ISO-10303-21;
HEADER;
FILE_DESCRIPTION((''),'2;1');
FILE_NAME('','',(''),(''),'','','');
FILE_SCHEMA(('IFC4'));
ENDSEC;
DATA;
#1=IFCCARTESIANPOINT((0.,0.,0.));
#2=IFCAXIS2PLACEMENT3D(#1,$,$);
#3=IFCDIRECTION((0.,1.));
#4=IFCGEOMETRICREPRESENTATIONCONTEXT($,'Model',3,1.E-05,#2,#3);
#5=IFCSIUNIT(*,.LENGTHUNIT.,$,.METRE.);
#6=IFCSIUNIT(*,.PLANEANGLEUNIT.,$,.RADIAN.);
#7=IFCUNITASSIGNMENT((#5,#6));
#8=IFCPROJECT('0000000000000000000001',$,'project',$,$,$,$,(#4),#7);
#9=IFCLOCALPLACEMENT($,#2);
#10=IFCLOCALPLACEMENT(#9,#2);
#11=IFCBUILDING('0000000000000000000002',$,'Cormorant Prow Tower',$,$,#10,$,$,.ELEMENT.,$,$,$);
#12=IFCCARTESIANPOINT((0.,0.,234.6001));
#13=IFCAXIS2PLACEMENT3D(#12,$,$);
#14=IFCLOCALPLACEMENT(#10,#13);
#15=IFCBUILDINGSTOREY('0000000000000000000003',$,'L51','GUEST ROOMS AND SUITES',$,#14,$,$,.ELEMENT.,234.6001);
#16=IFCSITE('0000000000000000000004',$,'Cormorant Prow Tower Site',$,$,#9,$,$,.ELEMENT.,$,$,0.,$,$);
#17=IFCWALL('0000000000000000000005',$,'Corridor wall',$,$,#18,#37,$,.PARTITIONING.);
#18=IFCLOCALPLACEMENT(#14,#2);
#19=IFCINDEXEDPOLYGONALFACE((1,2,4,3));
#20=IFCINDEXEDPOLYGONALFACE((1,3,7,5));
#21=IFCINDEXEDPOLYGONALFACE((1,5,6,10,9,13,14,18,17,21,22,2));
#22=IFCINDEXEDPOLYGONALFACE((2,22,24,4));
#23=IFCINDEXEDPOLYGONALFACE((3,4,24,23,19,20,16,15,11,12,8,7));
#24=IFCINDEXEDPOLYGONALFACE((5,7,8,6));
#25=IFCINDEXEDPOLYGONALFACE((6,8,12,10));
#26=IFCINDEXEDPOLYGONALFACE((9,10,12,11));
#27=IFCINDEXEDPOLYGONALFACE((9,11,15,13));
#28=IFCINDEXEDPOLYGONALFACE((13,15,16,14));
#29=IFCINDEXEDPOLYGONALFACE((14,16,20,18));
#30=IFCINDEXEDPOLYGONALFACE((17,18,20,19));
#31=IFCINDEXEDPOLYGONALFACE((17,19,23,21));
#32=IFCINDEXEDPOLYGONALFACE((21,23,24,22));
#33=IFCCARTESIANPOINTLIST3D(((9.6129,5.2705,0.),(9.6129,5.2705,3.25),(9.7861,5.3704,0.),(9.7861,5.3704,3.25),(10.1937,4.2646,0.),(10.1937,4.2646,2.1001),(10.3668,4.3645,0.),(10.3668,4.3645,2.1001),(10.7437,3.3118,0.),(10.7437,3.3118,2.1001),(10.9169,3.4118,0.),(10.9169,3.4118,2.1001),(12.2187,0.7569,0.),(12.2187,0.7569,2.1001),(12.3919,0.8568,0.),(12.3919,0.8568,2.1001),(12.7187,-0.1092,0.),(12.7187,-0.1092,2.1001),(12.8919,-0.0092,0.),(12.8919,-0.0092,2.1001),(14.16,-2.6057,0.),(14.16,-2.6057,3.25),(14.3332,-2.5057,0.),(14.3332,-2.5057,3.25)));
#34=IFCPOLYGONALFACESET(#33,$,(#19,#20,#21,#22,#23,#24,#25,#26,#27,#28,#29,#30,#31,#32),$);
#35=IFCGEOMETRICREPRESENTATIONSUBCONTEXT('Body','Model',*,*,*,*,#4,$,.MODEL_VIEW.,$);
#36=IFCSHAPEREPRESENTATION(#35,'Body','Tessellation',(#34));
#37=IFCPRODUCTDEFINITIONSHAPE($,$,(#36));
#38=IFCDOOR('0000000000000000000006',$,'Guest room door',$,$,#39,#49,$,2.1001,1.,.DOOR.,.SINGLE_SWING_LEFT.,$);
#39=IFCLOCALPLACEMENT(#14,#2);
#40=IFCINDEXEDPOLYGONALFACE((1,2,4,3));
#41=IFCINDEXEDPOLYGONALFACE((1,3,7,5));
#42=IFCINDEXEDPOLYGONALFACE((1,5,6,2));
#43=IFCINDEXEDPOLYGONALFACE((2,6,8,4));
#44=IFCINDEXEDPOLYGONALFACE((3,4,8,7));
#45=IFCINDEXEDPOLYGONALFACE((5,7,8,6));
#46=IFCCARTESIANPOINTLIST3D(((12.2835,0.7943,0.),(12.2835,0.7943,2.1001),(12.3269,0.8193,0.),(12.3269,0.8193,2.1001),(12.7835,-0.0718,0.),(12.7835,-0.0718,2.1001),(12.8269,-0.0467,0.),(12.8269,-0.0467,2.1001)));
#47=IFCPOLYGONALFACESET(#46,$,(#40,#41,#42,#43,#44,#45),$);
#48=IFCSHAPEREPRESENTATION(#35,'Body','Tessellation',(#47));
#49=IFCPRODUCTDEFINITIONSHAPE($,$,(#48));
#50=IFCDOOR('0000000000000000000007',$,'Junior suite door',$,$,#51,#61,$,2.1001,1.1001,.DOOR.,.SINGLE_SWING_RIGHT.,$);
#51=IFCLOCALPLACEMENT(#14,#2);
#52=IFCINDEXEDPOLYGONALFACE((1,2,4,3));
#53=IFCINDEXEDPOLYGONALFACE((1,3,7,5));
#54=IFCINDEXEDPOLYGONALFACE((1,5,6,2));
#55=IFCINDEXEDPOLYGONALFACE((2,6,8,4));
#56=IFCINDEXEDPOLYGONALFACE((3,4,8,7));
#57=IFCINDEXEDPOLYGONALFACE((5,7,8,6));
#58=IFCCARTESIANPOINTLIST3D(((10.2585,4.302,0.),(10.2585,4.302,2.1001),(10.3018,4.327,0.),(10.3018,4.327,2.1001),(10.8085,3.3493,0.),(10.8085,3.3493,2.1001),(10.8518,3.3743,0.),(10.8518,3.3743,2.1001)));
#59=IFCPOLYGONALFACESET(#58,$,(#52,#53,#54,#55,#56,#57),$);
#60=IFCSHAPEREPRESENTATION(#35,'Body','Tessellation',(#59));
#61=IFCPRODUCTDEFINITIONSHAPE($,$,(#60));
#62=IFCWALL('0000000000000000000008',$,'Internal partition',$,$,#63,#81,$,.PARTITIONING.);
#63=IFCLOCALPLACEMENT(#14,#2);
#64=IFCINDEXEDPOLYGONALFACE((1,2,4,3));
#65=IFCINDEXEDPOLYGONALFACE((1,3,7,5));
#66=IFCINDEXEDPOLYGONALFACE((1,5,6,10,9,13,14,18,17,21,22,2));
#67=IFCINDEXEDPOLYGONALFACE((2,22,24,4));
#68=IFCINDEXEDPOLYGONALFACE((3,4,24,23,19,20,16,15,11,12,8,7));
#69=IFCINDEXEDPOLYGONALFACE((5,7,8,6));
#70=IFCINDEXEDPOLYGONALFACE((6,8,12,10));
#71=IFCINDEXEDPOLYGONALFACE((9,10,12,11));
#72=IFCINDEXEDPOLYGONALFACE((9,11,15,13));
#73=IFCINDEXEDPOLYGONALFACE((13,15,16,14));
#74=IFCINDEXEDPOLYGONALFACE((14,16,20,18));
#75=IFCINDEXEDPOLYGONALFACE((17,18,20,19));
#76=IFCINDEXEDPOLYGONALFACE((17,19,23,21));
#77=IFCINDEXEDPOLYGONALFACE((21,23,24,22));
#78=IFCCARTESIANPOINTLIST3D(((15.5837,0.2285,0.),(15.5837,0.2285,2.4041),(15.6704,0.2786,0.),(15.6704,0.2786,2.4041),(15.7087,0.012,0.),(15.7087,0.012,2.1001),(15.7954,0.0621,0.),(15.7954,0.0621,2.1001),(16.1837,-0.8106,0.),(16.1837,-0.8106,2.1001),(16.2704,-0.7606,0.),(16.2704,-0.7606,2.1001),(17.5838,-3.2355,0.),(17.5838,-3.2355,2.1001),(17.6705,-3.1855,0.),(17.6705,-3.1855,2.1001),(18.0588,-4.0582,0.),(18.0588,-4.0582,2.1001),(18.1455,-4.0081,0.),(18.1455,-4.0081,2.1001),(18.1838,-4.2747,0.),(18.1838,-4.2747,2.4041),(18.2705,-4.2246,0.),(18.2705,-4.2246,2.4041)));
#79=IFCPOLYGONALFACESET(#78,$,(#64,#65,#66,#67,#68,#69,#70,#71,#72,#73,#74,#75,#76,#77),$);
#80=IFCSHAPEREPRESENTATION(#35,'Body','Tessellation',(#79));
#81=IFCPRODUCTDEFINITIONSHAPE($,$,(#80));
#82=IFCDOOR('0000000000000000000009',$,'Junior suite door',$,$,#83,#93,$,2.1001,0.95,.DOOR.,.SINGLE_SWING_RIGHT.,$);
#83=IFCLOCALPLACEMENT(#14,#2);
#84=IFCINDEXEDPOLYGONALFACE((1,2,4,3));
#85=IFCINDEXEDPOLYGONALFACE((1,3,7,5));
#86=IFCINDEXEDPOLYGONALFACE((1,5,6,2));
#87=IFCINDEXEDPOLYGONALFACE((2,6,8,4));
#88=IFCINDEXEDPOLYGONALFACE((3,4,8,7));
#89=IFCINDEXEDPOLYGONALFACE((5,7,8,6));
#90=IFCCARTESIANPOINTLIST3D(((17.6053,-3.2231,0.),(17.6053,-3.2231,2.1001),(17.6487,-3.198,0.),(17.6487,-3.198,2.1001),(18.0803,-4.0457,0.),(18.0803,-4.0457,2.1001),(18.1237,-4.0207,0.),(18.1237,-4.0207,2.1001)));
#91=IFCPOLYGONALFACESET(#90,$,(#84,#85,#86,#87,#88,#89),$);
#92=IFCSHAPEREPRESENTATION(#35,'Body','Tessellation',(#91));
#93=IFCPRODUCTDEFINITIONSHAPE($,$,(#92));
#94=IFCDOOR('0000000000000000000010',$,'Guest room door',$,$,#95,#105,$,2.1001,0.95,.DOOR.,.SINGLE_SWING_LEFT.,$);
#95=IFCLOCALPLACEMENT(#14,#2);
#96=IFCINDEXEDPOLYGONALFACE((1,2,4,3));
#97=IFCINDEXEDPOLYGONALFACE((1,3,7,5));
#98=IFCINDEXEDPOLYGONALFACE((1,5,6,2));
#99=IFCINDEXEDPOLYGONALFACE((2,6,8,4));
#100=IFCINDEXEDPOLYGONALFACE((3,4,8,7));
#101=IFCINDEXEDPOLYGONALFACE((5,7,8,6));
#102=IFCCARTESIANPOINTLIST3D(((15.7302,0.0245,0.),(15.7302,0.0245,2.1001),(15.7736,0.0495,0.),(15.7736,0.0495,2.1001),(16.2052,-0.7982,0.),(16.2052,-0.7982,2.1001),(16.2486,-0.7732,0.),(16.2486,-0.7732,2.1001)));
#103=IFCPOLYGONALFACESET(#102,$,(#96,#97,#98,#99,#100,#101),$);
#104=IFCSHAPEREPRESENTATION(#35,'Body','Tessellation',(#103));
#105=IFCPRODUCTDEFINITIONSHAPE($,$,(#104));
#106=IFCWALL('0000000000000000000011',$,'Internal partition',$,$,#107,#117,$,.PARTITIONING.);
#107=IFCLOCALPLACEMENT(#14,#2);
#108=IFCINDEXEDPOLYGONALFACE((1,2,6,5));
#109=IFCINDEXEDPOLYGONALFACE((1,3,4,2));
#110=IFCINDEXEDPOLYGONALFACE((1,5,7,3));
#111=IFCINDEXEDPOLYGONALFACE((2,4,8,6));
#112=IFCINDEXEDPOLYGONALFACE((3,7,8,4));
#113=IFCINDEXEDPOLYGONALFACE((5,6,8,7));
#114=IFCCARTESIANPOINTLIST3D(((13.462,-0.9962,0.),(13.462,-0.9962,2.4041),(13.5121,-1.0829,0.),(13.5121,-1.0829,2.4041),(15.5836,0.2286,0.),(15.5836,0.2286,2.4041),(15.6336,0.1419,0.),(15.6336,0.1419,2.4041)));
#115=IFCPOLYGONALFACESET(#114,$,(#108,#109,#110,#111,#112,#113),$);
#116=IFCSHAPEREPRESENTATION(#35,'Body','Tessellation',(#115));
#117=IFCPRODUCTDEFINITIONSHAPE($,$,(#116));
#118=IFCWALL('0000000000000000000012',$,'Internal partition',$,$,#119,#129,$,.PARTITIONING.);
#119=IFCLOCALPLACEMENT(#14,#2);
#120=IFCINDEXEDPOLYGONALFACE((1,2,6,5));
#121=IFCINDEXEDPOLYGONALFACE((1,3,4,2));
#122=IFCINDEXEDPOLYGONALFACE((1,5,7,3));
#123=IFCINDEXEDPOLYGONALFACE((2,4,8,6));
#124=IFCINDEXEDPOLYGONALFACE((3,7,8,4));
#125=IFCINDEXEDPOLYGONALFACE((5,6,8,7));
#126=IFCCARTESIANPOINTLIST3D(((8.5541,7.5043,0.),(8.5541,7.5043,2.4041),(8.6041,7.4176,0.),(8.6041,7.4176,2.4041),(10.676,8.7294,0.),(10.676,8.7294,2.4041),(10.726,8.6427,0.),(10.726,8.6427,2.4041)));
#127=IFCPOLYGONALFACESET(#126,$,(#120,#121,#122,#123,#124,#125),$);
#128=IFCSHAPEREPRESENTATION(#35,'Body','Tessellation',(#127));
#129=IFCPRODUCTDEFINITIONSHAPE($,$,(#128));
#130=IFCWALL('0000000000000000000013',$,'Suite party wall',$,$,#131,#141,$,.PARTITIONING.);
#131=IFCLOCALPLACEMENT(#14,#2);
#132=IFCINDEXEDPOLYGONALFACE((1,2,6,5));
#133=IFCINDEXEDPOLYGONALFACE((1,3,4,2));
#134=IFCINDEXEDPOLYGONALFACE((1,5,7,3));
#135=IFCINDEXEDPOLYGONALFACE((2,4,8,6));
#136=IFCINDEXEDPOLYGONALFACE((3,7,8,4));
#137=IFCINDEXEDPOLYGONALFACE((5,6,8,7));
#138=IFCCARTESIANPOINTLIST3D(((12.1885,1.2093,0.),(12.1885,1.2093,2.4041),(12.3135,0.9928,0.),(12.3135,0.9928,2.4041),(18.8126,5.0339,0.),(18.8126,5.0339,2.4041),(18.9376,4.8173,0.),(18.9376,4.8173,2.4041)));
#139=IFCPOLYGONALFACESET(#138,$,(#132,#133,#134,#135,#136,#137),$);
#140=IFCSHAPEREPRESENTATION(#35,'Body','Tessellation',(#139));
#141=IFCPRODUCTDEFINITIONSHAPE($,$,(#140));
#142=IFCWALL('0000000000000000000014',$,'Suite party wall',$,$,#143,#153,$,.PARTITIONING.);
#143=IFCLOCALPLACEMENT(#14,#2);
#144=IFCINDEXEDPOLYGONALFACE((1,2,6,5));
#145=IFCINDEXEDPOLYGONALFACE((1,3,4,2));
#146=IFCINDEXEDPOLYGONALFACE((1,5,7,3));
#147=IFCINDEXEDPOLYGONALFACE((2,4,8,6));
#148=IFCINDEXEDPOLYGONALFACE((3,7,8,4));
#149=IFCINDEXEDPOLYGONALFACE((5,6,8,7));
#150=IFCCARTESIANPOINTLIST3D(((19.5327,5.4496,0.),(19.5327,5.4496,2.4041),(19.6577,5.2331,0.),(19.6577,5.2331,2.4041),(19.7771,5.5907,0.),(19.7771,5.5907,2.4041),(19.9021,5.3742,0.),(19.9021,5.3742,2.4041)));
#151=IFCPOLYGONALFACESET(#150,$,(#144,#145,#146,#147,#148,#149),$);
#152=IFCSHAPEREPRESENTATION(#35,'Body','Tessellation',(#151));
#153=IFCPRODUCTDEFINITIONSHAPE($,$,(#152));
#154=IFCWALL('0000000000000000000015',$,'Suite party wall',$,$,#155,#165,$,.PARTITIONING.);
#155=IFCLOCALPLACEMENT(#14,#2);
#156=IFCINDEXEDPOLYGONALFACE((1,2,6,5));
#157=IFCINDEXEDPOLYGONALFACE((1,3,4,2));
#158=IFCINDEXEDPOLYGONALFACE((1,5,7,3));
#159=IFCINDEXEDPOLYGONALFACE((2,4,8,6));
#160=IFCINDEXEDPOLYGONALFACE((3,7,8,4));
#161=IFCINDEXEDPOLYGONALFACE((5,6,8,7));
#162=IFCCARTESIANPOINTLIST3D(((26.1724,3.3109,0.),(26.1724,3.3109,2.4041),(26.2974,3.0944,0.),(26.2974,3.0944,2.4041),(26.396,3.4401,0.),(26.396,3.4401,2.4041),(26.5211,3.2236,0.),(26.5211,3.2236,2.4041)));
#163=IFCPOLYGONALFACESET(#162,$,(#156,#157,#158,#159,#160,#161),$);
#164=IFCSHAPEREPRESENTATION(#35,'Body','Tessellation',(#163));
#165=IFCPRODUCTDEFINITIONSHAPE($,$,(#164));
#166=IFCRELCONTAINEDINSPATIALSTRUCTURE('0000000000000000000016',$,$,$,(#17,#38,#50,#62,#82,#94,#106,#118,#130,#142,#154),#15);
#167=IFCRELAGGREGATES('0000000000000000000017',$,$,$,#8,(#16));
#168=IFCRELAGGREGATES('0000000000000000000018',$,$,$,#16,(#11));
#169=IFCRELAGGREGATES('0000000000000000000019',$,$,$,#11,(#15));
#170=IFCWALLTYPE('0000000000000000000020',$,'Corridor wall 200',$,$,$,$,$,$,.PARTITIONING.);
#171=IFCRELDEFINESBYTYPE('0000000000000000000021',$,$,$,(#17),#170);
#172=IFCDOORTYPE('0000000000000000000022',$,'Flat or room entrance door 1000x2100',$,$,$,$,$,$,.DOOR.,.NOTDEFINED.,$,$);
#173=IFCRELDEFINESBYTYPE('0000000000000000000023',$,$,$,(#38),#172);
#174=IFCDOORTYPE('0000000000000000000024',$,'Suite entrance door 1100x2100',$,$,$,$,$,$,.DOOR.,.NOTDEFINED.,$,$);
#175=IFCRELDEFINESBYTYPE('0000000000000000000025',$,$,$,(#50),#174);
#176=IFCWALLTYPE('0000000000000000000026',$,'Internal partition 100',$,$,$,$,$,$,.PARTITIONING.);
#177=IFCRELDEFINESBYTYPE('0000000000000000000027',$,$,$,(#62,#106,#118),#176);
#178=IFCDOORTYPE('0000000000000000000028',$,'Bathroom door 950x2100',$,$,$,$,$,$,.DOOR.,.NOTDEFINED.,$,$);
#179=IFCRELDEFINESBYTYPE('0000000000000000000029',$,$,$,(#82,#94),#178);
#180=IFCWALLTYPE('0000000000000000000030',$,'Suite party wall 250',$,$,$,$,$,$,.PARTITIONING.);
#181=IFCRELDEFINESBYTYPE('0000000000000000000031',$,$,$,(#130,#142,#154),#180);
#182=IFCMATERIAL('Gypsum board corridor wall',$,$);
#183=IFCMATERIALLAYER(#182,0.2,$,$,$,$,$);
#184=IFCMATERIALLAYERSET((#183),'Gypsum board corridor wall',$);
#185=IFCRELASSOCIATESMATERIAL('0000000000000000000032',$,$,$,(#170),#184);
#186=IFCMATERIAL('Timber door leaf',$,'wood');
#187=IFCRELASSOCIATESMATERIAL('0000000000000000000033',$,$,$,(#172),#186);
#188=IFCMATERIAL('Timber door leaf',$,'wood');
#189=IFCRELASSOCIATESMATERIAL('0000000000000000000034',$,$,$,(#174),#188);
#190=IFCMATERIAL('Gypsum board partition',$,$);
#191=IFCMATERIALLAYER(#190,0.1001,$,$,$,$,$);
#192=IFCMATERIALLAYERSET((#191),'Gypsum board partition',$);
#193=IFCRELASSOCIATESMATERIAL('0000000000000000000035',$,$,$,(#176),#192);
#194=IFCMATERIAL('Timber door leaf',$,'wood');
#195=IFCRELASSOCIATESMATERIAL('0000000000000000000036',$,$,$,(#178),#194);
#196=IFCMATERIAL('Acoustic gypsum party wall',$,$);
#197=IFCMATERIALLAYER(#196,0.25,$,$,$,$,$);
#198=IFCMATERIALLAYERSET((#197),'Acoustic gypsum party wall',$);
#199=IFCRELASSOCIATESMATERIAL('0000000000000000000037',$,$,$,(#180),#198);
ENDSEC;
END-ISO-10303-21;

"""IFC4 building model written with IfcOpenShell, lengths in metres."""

from ifc_helpers import new_model, si_unit, direction, frame, frame_2d, origin, place, context, subcontext, project, spatial, rectangle, extrude, material, layer, layer_set, type_object, element, fill, save


model = new_model("IFC4")

# Units and contexts
model_context = context("Model", 3, precision=1e-05, world=origin(), true_north=direction((0.0, 1.0)))
body_context = subcontext(model_context, "Body", "Model", "MODEL_VIEW")
ifc_project = project(units=[si_unit("LENGTHUNIT", "METRE"), si_unit("PLANEANGLEUNIT", "RADIAN")], contexts=[model_context])

# Site, building, storey
site_placement = place(None, origin())
site = spatial("IfcSite", under=ifc_project, at=site_placement, Name="Cormorant Prow Tower Site", CompositionType="ELEMENT", RefElevation=0.0)
building_placement = place(site_placement, origin())
building = spatial("IfcBuilding", under=site, at=building_placement, Name="Cormorant Prow Tower", CompositionType="ELEMENT")
storey_placement = place(building_placement, frame((0.0, 0.0, 234.6001)))
storey = spatial("IfcBuildingStorey", under=building, at=storey_placement, Name="L51", Description="GUEST ROOMS AND SUITES", CompositionType="ELEMENT", Elevation=234.6001)

# Walls, openings, doors
ifc_material_1 = material(Name="Gypsum board corridor wall")
ifc_layer_1 = layer(ifc_material_1, 0.2)
ifc_layer_set_1 = layer_set([ifc_layer_1], Name="Gypsum board corridor wall")
wall_type_1 = type_object("IfcWallType", Name="Corridor wall 200", PredefinedType="PARTITIONING", material=ifc_layer_set_1)
wall_1_placement = place(storey_placement, frame((9.6995, 5.3206, 0.0), z_axis=(0.0, 0.0, 1.0), x_axis=(0.499982, -0.866036, 0.0)))
wall_1 = element("IfcWall", 1, at=wall_1_placement, inside=storey, type_object=wall_type_1, Name="Corridor wall", PredefinedType="PARTITIONING", context=body_context, shape_type="SweptSolid", body=[
    extrude(rectangle(XDim=9.0945, YDim=0.2, at=frame_2d((4.5474, 0.0))), origin(), (0.0, 0.0, 1.0), 3.25),
])
opening_1_placement = place(wall_1_placement, frame((5.2119, 0.0, 0.0)))
opening_1 = element("IfcOpeningElement", 2, at=opening_1_placement, cuts=wall_1, PredefinedType="OPENING", context=body_context, shape_type="SweptSolid", body=[
    extrude(rectangle(XDim=1.0, YDim=2.1001, at=frame_2d((0.5, 1.05))), frame((0.0, 0.1099, 0.0), z_axis=(0.0, -1.0, 0.0), x_axis=(1.0, 0.0, 0.0)), (0.0, 0.0, 1.0), 0.22),
])
opening_2_placement = place(wall_1_placement, frame((1.1616, 0.0, 0.0)))
opening_2 = element("IfcOpeningElement", 3, at=opening_2_placement, cuts=wall_1, PredefinedType="OPENING", context=body_context, shape_type="SweptSolid", body=[
    extrude(rectangle(XDim=1.1001, YDim=2.1001, at=frame_2d((0.55, 1.05))), frame((0.0, 0.1099, 0.0), z_axis=(0.0, -1.0, 0.0), x_axis=(1.0, 0.0, 0.0)), (0.0, 0.0, 1.0), 0.22),
])
ifc_material_2 = material(Name="Timber door leaf", Category="wood")
door_type_1 = type_object("IfcDoorType", Name="Flat or room entrance door 1000x2100", OperationType="NOTDEFINED", PredefinedType="DOOR", material=ifc_material_2)
door_1_placement = place(opening_1_placement, origin())
door_1 = element("IfcDoor", 4, at=door_1_placement, inside=storey, type_object=door_type_1, Name="Guest room door", OperationType="SINGLE_SWING_LEFT", OverallHeight=2.1001, OverallWidth=1.0, PredefinedType="DOOR", context=body_context, shape_type="SweptSolid", body=[
    extrude(rectangle(XDim=1.0, YDim=2.1001, at=frame_2d((0.5, 1.05))), frame((0.0, 0.0249, 0.0), z_axis=(0.0, -1.0, 0.0), x_axis=(1.0, 0.0, 0.0)), (0.0, 0.0, 1.0), 0.05),
])
fill(opening_1, door_1)
ifc_material_3 = material(Name="Timber door leaf", Category="wood")
door_type_2 = type_object("IfcDoorType", Name="Suite entrance door 1100x2100", OperationType="NOTDEFINED", PredefinedType="DOOR", material=ifc_material_3)
door_2_placement = place(opening_2_placement, origin())
door_2 = element("IfcDoor", 5, at=door_2_placement, inside=storey, type_object=door_type_2, Name="Junior suite door", OperationType="SINGLE_SWING_RIGHT", OverallHeight=2.1001, OverallWidth=1.1001, PredefinedType="DOOR", context=body_context, shape_type="SweptSolid", body=[
    extrude(rectangle(XDim=1.1001, YDim=2.1001, at=frame_2d((0.55, 1.05))), frame((0.0, 0.0249, 0.0), z_axis=(0.0, -1.0, 0.0), x_axis=(1.0, 0.0, 0.0)), (0.0, 0.0, 1.0), 0.05),
])
fill(opening_2, door_2)
ifc_material_4 = material(Name="Gypsum board partition")
ifc_layer_2 = layer(ifc_material_4, 0.1001)
ifc_layer_set_2 = layer_set([ifc_layer_2], Name="Gypsum board partition")
wall_type_2 = type_object("IfcWallType", Name="Internal partition 100", PredefinedType="PARTITIONING", material=ifc_layer_set_2)
wall_2_placement = place(storey_placement, frame((15.627, 0.2537, 0.0), z_axis=(0.0, 0.0, 1.0), x_axis=(0.500027, -0.86601, 0.0)))
wall_2 = element("IfcWall", 6, at=wall_2_placement, inside=storey, type_object=wall_type_2, Name="Internal partition", PredefinedType="PARTITIONING", context=body_context, shape_type="SweptSolid", body=[
    extrude(rectangle(XDim=5.2, YDim=0.1001, at=frame_2d((2.6001, 0.0))), origin(), (0.0, 0.0, 1.0), 2.4041),
])
opening_3_placement = place(wall_2_placement, frame((4.0, 0.0, 0.0)))
opening_3 = element("IfcOpeningElement", 7, at=opening_3_placement, cuts=wall_2, PredefinedType="OPENING", context=body_context, shape_type="SweptSolid", body=[
    extrude(rectangle(XDim=0.95, YDim=2.1001, at=frame_2d((0.4751, 1.05))), frame((0.0, 0.0601, 0.0), z_axis=(0.0, -1.0, 0.0), x_axis=(1.0, 0.0, 0.0)), (0.0, 0.0, 1.0), 0.1201),
])
opening_4_placement = place(wall_2_placement, frame((0.25, 0.0, 0.0)))
opening_4 = element("IfcOpeningElement", 8, at=opening_4_placement, cuts=wall_2, PredefinedType="OPENING", context=body_context, shape_type="SweptSolid", body=[
    extrude(rectangle(XDim=0.95, YDim=2.1001, at=frame_2d((0.4751, 1.05))), frame((0.0, 0.0601, 0.0), z_axis=(0.0, -1.0, 0.0), x_axis=(1.0, 0.0, 0.0)), (0.0, 0.0, 1.0), 0.1201),
])
ifc_material_5 = material(Name="Timber door leaf", Category="wood")
door_type_3 = type_object("IfcDoorType", Name="Bathroom door 950x2100", OperationType="NOTDEFINED", PredefinedType="DOOR", material=ifc_material_5)
door_3_placement = place(opening_3_placement, origin())
door_3 = element("IfcDoor", 9, at=door_3_placement, inside=storey, type_object=door_type_3, Name="Junior suite door", OperationType="SINGLE_SWING_RIGHT", OverallHeight=2.1001, OverallWidth=0.95, PredefinedType="DOOR", context=body_context, shape_type="SweptSolid", body=[
    extrude(rectangle(XDim=0.95, YDim=2.1001, at=frame_2d((0.4751, 1.05))), frame((0.0, 0.0249, 0.0), z_axis=(0.0, -1.0, 0.0), x_axis=(1.0, 0.0, 0.0)), (0.0, 0.0, 1.0), 0.05),
])
fill(opening_3, door_3)
door_4_placement = place(opening_4_placement, origin())
door_4 = element("IfcDoor", 10, at=door_4_placement, inside=storey, type_object=door_type_3, Name="Guest room door", OperationType="SINGLE_SWING_LEFT", OverallHeight=2.1001, OverallWidth=0.95, PredefinedType="DOOR", context=body_context, shape_type="SweptSolid", body=[
    extrude(rectangle(XDim=0.95, YDim=2.1001, at=frame_2d((0.4751, 1.05))), frame((0.0, 0.0249, 0.0), z_axis=(0.0, -1.0, 0.0), x_axis=(1.0, 0.0, 0.0)), (0.0, 0.0, 1.0), 0.05),
])
fill(opening_4, door_4)

# Walls
wall_3_placement = place(storey_placement, frame((13.4871, -1.0396, 0.0), z_axis=(0.0, 0.0, 1.0), x_axis=(0.866033, 0.499987, 0.0)))
element("IfcWall", 11, at=wall_3_placement, inside=storey, type_object=wall_type_2, Name="Internal partition", PredefinedType="PARTITIONING", context=body_context, shape_type="SweptSolid", body=[
    extrude(rectangle(XDim=2.4497, YDim=0.1001, at=frame_2d((1.2249, 0.0))), origin(), (0.0, 0.0, 1.0), 2.4041),
])
wall_4_placement = place(storey_placement, frame((8.5791, 7.4609, 0.0), z_axis=(0.0, 0.0, 1.0), x_axis=(0.866015, 0.500019, 0.0)))
element("IfcWall", 12, at=wall_4_placement, inside=storey, type_object=wall_type_2, Name="Internal partition", PredefinedType="PARTITIONING", context=body_context, shape_type="SweptSolid", body=[
    extrude(rectangle(XDim=2.4502, YDim=0.1001, at=frame_2d((1.2251, 0.0))), origin(), (0.0, 0.0, 1.0), 2.4041),
])
ifc_material_6 = material(Name="Acoustic gypsum party wall")
ifc_layer_3 = layer(ifc_material_6, 0.25)
ifc_layer_set_3 = layer_set([ifc_layer_3], Name="Acoustic gypsum party wall")
wall_type_3 = type_object("IfcWallType", Name="Suite party wall 250", PredefinedType="PARTITIONING", material=ifc_layer_set_3)
wall_5_placement = place(storey_placement, frame((12.251, 1.1011, 0.0), z_axis=(0.0, 0.0, 1.0), x_axis=(0.866021, 0.500008, 0.0)))
element("IfcWall", 13, at=wall_5_placement, inside=storey, type_object=wall_type_3, Name="Suite party wall", PredefinedType="PARTITIONING", context=body_context, shape_type="SweptSolid", body=[
    extrude(rectangle(XDim=7.6489, YDim=0.25, at=frame_2d((3.8245, 0.0))), origin(), (0.0, 0.0, 1.0), 2.4041),
])
wall_6_placement = place(storey_placement, frame((19.5952, 5.3413, 0.0), z_axis=(0.0, 0.0, 1.0), x_axis=(0.865998, 0.500047, 0.0)))
element("IfcWall", 14, at=wall_6_placement, inside=storey, type_object=wall_type_3, Name="Suite party wall", PredefinedType="PARTITIONING", context=body_context, shape_type="SweptSolid", body=[
    extrude(rectangle(XDim=0.2822, YDim=0.25, at=frame_2d((0.1411, 0.0))), origin(), (0.0, 0.0, 1.0), 2.4041),
])
wall_7_placement = place(storey_placement, frame((26.2349, 3.2026, 0.0), z_axis=(0.0, 0.0, 1.0), x_axis=(0.865965, 0.500104, 0.0)))
element("IfcWall", 15, at=wall_7_placement, inside=storey, type_object=wall_type_3, Name="Suite party wall", PredefinedType="PARTITIONING", context=body_context, shape_type="SweptSolid", body=[
    extrude(rectangle(XDim=0.2583, YDim=0.25, at=frame_2d((0.1292, 0.0))), origin(), (0.0, 0.0, 1.0), 2.4041),
])

save(model, "model.ifc")
